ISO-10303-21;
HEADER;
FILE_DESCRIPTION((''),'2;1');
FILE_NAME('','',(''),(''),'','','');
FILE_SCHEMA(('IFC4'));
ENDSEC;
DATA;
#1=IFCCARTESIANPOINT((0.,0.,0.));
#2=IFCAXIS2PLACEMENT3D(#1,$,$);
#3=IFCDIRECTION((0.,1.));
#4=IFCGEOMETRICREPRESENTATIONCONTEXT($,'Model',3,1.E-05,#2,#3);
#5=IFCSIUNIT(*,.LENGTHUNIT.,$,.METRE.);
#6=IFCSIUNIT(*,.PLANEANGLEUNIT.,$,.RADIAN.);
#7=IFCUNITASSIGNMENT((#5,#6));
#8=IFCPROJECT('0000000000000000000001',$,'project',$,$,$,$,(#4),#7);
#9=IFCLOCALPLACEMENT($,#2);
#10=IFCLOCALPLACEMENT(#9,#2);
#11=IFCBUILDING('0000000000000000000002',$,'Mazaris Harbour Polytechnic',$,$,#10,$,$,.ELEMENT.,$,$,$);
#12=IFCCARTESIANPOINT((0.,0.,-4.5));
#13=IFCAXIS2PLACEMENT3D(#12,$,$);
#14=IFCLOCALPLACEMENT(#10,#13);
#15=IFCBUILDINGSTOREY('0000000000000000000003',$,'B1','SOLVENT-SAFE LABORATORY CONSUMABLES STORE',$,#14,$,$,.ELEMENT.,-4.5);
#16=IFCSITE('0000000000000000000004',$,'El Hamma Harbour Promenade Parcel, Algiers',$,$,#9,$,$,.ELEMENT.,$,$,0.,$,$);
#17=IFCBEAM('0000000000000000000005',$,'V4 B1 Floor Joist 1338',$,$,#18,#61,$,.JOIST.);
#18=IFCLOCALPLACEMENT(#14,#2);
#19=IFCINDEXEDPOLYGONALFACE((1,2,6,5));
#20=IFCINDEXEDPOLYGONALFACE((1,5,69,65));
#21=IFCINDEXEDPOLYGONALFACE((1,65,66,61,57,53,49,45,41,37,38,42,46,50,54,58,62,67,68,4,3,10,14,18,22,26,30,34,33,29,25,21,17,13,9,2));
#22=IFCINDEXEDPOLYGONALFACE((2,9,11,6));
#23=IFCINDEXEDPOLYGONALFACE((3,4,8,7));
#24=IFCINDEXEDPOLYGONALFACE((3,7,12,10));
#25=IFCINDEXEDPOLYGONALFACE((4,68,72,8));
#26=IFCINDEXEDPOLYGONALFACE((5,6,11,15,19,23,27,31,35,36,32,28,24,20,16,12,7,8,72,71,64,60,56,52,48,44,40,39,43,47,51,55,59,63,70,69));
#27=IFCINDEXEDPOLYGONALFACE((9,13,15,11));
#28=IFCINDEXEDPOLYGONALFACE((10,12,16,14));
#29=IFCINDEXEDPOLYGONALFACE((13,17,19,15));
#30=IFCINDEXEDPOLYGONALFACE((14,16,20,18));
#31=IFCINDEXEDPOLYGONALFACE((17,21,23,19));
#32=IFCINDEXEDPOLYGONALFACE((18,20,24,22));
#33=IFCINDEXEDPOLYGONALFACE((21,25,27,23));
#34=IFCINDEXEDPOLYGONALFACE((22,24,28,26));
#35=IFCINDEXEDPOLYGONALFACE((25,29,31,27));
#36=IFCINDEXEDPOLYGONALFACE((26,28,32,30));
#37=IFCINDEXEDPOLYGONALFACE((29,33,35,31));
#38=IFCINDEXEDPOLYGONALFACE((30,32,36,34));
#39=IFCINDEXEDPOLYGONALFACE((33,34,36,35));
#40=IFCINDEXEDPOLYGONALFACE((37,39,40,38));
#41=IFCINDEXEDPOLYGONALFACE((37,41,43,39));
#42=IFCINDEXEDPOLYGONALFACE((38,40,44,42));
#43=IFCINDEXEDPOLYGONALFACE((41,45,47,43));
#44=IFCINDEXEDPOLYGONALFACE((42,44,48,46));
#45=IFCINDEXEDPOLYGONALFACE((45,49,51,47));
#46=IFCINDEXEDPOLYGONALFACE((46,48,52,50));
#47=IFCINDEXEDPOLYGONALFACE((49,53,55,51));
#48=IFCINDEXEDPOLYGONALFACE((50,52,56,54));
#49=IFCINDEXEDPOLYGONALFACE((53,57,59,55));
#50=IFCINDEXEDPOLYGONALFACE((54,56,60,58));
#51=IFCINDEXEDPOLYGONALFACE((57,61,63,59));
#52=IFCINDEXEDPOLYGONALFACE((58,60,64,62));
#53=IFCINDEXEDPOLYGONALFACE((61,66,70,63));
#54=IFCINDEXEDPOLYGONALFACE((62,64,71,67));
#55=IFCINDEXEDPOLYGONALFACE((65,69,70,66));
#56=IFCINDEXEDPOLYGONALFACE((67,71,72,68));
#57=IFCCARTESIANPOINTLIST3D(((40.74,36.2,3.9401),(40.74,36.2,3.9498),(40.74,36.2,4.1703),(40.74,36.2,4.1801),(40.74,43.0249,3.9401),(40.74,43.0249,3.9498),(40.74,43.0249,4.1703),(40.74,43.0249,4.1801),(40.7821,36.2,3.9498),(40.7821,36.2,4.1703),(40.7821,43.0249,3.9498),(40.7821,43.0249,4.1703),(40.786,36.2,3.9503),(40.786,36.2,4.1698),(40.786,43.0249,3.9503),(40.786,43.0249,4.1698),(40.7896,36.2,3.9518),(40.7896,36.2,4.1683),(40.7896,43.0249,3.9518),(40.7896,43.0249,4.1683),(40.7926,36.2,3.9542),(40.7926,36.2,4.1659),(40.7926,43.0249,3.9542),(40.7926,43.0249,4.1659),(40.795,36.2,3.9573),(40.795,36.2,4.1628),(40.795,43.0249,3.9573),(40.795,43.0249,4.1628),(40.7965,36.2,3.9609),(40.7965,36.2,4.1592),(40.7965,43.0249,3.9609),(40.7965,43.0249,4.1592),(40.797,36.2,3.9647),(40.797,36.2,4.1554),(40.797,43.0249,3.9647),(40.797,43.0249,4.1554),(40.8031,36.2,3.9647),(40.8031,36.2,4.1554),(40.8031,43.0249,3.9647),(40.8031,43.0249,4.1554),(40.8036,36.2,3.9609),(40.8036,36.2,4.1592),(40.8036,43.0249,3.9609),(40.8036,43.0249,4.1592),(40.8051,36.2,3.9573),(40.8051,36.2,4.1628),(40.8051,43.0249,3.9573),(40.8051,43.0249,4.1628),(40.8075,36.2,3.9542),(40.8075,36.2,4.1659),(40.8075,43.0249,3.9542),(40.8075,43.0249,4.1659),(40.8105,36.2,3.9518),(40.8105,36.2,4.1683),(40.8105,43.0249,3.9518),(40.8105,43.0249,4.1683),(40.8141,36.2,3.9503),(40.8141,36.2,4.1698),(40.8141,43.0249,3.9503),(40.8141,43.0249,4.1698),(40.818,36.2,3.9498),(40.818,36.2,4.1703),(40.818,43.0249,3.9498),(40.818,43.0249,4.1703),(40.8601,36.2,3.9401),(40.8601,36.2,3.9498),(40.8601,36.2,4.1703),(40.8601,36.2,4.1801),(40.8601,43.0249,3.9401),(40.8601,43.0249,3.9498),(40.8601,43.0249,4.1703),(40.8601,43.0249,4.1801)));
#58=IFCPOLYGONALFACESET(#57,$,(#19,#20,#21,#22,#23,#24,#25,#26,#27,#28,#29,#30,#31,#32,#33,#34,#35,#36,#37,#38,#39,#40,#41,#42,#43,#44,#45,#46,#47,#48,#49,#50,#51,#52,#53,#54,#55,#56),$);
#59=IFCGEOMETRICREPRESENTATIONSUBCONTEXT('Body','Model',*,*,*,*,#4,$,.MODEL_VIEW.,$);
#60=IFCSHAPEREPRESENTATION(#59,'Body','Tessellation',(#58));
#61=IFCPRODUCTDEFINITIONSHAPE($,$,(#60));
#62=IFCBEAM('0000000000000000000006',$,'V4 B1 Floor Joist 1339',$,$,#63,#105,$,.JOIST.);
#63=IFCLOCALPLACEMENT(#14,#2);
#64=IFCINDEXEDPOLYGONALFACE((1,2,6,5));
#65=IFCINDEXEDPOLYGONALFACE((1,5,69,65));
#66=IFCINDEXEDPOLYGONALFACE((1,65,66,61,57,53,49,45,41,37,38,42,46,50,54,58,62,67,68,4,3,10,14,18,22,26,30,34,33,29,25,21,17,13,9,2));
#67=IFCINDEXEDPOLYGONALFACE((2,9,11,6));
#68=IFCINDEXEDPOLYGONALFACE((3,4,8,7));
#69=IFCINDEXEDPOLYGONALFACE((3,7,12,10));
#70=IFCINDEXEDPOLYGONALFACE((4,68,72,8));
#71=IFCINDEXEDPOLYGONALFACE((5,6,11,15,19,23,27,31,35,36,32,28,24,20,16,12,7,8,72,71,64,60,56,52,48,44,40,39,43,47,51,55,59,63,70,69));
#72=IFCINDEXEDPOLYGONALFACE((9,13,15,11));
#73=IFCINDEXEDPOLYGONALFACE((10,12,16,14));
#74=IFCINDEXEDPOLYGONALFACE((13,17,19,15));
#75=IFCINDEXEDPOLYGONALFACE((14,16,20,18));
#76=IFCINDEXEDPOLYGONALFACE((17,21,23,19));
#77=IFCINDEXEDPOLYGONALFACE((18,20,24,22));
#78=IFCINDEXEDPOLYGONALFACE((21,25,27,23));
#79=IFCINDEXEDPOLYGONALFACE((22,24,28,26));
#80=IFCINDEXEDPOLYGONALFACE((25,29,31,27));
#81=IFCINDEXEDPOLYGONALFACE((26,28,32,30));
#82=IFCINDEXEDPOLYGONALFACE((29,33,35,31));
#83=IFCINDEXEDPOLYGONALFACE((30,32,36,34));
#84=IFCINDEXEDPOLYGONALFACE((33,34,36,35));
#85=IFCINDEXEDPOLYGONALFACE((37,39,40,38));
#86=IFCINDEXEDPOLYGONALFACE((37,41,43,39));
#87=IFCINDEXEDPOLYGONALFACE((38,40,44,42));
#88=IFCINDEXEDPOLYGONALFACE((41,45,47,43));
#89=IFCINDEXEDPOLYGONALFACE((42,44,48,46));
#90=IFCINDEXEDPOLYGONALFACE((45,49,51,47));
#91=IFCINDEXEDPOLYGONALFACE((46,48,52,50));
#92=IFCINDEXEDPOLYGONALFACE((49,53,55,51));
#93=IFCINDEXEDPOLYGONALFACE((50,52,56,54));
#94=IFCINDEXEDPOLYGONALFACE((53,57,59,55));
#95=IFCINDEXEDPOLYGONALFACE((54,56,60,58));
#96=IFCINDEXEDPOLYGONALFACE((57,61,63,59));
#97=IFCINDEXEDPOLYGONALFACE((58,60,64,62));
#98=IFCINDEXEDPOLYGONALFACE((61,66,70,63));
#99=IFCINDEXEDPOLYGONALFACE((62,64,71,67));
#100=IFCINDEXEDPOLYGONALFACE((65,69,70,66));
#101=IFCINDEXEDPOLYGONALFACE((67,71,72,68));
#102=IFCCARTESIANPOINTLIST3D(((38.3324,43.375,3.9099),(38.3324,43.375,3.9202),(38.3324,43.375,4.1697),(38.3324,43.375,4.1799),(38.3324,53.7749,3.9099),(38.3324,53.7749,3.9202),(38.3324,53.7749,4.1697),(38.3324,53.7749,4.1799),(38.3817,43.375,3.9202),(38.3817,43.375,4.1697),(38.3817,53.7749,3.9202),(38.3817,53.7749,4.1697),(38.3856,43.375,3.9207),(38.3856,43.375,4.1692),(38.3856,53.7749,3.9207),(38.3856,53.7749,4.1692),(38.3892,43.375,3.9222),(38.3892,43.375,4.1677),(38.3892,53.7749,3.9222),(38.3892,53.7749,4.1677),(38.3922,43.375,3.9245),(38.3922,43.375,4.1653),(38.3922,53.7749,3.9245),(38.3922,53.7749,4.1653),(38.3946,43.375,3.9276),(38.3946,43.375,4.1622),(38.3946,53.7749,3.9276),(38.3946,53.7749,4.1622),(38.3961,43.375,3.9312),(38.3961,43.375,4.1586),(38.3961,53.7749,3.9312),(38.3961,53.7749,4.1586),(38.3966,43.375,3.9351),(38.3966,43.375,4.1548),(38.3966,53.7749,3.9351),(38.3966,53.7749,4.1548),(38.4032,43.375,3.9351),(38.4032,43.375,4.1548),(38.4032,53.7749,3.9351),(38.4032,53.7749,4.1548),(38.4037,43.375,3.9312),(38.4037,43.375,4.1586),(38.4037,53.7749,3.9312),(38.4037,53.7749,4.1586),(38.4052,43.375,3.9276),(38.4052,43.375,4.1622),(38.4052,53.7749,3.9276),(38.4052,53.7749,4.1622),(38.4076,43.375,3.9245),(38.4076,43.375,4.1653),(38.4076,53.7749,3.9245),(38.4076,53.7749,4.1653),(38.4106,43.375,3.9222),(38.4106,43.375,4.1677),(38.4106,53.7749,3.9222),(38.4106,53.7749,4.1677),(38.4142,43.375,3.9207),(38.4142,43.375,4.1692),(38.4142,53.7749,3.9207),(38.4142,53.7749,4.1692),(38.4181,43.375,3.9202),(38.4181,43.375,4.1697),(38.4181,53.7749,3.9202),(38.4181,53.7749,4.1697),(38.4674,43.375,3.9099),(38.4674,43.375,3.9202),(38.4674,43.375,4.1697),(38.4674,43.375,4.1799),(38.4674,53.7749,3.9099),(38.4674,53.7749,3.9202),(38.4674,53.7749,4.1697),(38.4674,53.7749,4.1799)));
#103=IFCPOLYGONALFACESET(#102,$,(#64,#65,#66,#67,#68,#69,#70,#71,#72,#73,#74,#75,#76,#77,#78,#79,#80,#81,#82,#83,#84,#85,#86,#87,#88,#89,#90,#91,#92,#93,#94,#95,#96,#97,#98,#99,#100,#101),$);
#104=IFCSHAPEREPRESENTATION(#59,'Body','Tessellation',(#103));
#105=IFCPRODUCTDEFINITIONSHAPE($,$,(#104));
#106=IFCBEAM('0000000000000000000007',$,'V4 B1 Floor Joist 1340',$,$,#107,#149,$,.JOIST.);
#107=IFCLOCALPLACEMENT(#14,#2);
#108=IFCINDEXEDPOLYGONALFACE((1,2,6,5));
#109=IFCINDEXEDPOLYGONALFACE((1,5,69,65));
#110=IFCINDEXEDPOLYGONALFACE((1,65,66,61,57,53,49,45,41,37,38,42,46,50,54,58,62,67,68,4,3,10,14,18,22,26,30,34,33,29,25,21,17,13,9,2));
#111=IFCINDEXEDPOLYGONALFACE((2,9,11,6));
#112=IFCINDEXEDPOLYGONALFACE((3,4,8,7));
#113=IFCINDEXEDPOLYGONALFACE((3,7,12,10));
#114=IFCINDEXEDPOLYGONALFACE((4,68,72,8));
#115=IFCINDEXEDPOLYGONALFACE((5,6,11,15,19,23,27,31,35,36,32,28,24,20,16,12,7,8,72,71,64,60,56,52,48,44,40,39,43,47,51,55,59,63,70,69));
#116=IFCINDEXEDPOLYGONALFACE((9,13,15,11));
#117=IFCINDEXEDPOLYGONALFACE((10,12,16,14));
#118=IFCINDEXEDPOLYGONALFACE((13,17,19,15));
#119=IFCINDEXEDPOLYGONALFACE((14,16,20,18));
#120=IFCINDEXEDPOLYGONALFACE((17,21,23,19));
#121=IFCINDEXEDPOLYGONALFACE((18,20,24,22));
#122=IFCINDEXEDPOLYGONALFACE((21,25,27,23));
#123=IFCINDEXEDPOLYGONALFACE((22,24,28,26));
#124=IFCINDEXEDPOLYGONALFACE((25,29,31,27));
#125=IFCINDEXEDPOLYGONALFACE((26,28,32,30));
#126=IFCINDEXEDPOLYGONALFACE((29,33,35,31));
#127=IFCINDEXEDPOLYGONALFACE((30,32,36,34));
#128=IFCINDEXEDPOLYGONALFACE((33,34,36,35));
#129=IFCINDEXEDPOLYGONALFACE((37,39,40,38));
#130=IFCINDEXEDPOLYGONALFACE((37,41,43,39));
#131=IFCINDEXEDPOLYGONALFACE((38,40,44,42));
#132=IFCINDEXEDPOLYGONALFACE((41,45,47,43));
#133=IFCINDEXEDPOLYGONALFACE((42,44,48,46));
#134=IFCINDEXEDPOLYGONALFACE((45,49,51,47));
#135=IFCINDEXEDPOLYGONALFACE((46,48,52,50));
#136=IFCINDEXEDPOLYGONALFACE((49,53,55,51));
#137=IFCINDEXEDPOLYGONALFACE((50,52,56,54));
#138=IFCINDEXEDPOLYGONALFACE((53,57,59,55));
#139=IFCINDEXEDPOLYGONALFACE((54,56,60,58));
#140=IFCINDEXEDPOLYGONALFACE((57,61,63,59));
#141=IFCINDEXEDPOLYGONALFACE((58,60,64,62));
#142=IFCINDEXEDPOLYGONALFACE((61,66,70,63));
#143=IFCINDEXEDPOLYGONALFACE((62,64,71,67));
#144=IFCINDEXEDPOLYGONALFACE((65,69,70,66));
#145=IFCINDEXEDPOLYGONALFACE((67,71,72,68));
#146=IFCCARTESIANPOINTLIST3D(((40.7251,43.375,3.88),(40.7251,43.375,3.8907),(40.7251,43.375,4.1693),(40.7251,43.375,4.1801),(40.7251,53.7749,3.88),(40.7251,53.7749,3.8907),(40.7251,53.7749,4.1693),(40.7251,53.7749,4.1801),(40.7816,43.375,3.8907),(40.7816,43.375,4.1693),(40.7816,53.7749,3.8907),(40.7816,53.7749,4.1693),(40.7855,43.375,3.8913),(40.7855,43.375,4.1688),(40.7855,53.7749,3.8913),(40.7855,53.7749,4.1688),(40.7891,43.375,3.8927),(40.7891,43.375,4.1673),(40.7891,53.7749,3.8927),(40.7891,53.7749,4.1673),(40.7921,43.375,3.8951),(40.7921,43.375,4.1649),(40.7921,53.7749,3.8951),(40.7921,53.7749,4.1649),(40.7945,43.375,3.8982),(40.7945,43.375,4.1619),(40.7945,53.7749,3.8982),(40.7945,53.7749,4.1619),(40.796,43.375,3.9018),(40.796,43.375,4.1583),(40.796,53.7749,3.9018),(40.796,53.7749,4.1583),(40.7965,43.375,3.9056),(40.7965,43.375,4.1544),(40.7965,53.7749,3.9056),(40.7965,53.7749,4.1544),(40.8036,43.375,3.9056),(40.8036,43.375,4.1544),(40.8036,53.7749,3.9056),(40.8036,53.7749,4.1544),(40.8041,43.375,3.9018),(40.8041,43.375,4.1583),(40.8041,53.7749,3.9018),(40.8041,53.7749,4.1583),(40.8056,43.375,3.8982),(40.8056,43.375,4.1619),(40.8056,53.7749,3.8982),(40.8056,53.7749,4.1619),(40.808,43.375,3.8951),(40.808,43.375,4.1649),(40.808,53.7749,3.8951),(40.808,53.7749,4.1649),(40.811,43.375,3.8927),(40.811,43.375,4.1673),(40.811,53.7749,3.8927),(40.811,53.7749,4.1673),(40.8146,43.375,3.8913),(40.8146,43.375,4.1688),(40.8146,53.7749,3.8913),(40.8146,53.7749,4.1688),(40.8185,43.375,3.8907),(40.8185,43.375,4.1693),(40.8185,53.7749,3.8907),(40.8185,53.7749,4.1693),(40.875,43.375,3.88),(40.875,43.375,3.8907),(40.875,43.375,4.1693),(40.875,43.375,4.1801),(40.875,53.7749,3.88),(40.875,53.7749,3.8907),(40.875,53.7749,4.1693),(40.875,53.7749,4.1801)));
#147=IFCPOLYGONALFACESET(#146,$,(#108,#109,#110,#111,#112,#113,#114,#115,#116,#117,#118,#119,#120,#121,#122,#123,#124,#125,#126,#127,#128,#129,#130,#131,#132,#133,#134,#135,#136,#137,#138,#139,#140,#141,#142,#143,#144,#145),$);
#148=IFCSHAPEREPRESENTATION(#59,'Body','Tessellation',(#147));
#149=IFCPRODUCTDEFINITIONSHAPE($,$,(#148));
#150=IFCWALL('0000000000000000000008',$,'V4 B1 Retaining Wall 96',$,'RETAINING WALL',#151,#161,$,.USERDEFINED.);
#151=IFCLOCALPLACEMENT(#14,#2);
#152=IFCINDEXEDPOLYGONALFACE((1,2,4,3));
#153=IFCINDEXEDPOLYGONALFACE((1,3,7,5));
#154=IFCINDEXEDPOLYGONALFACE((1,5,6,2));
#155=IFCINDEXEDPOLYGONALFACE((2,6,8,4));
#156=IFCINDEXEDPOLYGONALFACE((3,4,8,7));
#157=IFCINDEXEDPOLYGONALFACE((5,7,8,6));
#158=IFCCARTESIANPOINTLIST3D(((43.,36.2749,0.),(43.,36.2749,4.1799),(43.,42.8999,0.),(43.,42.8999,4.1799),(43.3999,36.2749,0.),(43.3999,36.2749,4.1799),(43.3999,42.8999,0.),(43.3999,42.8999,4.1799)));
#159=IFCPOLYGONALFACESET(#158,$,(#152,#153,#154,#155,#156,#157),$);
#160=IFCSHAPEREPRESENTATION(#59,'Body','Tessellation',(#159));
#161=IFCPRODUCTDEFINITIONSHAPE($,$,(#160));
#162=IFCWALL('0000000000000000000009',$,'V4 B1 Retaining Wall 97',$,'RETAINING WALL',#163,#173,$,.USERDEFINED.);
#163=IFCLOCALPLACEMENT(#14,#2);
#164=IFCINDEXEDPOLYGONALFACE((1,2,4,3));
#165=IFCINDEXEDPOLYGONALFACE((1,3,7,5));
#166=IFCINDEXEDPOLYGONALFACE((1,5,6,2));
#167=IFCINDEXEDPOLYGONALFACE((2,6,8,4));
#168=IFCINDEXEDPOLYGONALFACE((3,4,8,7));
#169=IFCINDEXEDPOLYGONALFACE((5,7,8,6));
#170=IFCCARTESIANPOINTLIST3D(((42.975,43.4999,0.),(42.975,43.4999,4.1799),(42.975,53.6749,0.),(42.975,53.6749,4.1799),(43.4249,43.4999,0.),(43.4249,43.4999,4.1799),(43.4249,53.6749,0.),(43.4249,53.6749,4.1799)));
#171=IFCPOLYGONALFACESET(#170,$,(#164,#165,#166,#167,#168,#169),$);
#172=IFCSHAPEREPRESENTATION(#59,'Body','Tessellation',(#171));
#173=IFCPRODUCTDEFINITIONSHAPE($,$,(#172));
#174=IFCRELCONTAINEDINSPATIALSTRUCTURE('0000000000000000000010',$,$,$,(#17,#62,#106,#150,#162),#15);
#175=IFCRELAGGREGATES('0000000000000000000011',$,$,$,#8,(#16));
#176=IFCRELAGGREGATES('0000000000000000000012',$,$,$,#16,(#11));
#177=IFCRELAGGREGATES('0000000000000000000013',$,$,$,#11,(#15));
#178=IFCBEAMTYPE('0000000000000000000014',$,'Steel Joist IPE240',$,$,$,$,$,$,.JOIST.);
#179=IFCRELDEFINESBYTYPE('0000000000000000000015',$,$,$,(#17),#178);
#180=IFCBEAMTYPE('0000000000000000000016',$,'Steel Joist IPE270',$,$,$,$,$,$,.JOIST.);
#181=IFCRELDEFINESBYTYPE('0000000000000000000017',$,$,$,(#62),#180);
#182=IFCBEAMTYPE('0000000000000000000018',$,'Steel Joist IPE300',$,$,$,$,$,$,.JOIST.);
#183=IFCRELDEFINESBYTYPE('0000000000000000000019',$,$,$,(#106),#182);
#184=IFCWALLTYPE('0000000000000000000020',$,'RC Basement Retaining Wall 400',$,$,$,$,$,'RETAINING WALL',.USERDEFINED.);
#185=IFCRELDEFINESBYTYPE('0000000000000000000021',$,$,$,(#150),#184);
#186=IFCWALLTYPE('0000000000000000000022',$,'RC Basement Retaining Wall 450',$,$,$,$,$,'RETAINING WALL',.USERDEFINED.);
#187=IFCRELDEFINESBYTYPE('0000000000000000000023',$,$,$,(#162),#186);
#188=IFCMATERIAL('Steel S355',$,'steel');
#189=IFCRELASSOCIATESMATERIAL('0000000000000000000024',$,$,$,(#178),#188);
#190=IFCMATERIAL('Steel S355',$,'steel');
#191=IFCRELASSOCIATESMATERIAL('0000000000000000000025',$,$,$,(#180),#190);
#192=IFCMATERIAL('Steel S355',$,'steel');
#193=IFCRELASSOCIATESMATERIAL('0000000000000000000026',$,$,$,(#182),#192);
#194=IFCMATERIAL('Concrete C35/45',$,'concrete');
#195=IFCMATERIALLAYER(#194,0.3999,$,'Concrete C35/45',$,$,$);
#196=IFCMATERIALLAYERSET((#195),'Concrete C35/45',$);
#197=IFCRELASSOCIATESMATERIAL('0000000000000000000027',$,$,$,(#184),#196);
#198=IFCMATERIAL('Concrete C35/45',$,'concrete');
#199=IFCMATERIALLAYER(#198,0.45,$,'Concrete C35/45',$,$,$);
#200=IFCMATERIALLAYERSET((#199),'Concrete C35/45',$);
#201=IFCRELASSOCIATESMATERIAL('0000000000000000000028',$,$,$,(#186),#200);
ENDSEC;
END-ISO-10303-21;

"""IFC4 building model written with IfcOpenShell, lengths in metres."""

from ifc_helpers import new_model, si_unit, direction, frame, frame_2d, origin, origin_2d, place, context, subcontext, project, spatial, rectangle, i_section, extrude, material, layer, layer_set, material_profile, profile_set, type_object, element, save


model = new_model("IFC4")

# Units and contexts
model_context = context("Model", 3, precision=1e-05, world=origin(), true_north=direction((0.0, 1.0)))
body_context = subcontext(model_context, "Body", "Model", "MODEL_VIEW")
ifc_project = project(units=[si_unit("LENGTHUNIT", "METRE"), si_unit("PLANEANGLEUNIT", "RADIAN")], contexts=[model_context])

# Site, building, storey
site_placement = place(None, origin())
site = spatial("IfcSite", under=ifc_project, at=site_placement, Name="El Hamma Harbour Promenade Parcel, Algiers", CompositionType="ELEMENT", RefElevation=0.0)
building_placement = place(site_placement, origin())
building = spatial("IfcBuilding", under=site, at=building_placement, Name="Mazaris Harbour Polytechnic", CompositionType="ELEMENT")
storey_placement = place(building_placement, frame((0.0, 0.0, -4.5)))
storey = spatial("IfcBuildingStorey", under=building, at=storey_placement, Name="B1", Description="SOLVENT-SAFE LABORATORY CONSUMABLES STORE", CompositionType="ELEMENT", Elevation=-4.5)

# Beams
ifc_material_1 = material(Name="Steel S355", Category="steel")
ifc_material_profile_1 = material_profile(ifc_material_1, i_section(OverallWidth=0.1201, OverallDepth=0.24, WebThickness=0.0061, FlangeThickness=0.0098, FilletRadius=0.0149, at=origin_2d()), Name="IPE 240")
ifc_profile_set_1 = profile_set([ifc_material_profile_1], Name="Steel S355")
beam_type_1 = type_object("IfcBeamType", Name="Steel Joist IPE240", PredefinedType="JOIST", material=ifc_profile_set_1)
beam_1_placement = place(storey_placement, frame((40.8, 36.2, 4.0601), z_axis=(0.0, 1.0, 0.0), x_axis=(-1.0, 0.0, 0.0)))
element("IfcBeam", 1, at=beam_1_placement, inside=storey, type_object=beam_type_1, Name="V4 B1 Floor Joist 1338", PredefinedType="JOIST", context=body_context, shape_type="SweptSolid", body=[
    extrude(i_section(OverallWidth=0.1201, OverallDepth=0.24, WebThickness=0.0061, FlangeThickness=0.0098, FilletRadius=0.0149, at=origin_2d()), origin(), (0.0, 0.0, 1.0), 6.825),
])
ifc_material_2 = material(Name="Steel S355", Category="steel")
ifc_material_profile_2 = material_profile(ifc_material_2, i_section(OverallWidth=0.135, OverallDepth=0.27, WebThickness=0.0066, FlangeThickness=0.0103, FilletRadius=0.0149, at=origin_2d()), Name="IPE 270")
ifc_profile_set_2 = profile_set([ifc_material_profile_2], Name="Steel S355")
beam_type_2 = type_object("IfcBeamType", Name="Steel Joist IPE270", PredefinedType="JOIST", material=ifc_profile_set_2)
beam_2_placement = place(storey_placement, frame((38.3999, 43.375, 4.0449), z_axis=(0.0, 1.0, 0.0), x_axis=(-1.0, 0.0, 0.0)))
element("IfcBeam", 2, at=beam_2_placement, inside=storey, type_object=beam_type_2, Name="V4 B1 Floor Joist 1339", PredefinedType="JOIST", context=body_context, shape_type="SweptSolid", body=[
    extrude(i_section(OverallWidth=0.135, OverallDepth=0.27, WebThickness=0.0066, FlangeThickness=0.0103, FilletRadius=0.0149, at=origin_2d()), origin(), (0.0, 0.0, 1.0), 10.3999),
])
ifc_material_3 = material(Name="Steel S355", Category="steel")
ifc_material_profile_3 = material_profile(ifc_material_3, i_section(OverallWidth=0.1499, OverallDepth=0.3, WebThickness=0.0071, FlangeThickness=0.0107, FilletRadius=0.0149, at=origin_2d()), Name="IPE 300")
ifc_profile_set_3 = profile_set([ifc_material_profile_3], Name="Steel S355")
beam_type_3 = type_object("IfcBeamType", Name="Steel Joist IPE300", PredefinedType="JOIST", material=ifc_profile_set_3)
beam_3_placement = place(storey_placement, frame((40.8, 43.375, 4.03), z_axis=(0.0, 1.0, 0.0), x_axis=(-1.0, 0.0, 0.0)))
element("IfcBeam", 3, at=beam_3_placement, inside=storey, type_object=beam_type_3, Name="V4 B1 Floor Joist 1340", PredefinedType="JOIST", context=body_context, shape_type="SweptSolid", body=[
    extrude(i_section(OverallWidth=0.1499, OverallDepth=0.3, WebThickness=0.0071, FlangeThickness=0.0107, FilletRadius=0.0149, at=origin_2d()), origin(), (0.0, 0.0, 1.0), 10.3999),
])

# Walls
ifc_material_4 = material(Name="Concrete C35/45", Category="concrete")
ifc_layer_1 = layer(ifc_material_4, 0.3999, Name="Concrete C35/45")
ifc_layer_set_1 = layer_set([ifc_layer_1], Name="Concrete C35/45")
wall_type_1 = type_object("IfcWallType", Name="RC Basement Retaining Wall 400", ElementType="RETAINING WALL", PredefinedType="USERDEFINED", material=ifc_layer_set_1)
wall_1_placement = place(storey_placement, frame((43.2, 36.2749, 0.0), z_axis=(0.0, 0.0, 1.0), x_axis=(0.0, 1.0, 0.0)))
element("IfcWall", 4, at=wall_1_placement, inside=storey, type_object=wall_type_1, Name="V4 B1 Retaining Wall 96", ObjectType="RETAINING WALL", PredefinedType="USERDEFINED", context=body_context, shape_type="SweptSolid", body=[
    extrude(rectangle(XDim=6.625, YDim=0.3999, at=frame_2d((3.3125, 0.0))), origin(), (0.0, 0.0, 1.0), 4.1799),
])
ifc_material_5 = material(Name="Concrete C35/45", Category="concrete")
ifc_layer_2 = layer(ifc_material_5, 0.45, Name="Concrete C35/45")
ifc_layer_set_2 = layer_set([ifc_layer_2], Name="Concrete C35/45")
wall_type_2 = type_object("IfcWallType", Name="RC Basement Retaining Wall 450", ElementType="RETAINING WALL", PredefinedType="USERDEFINED", material=ifc_layer_set_2)
wall_2_placement = place(storey_placement, frame((43.2, 43.5, 0.0), z_axis=(0.0, 0.0, 1.0), x_axis=(0.0, 1.0, 0.0)))
element("IfcWall", 5, at=wall_2_placement, inside=storey, type_object=wall_type_2, Name="V4 B1 Retaining Wall 97", ObjectType="RETAINING WALL", PredefinedType="USERDEFINED", context=body_context, shape_type="SweptSolid", body=[
    extrude(rectangle(XDim=10.175, YDim=0.45, at=frame_2d((5.0874, 0.0))), origin(), (0.0, 0.0, 1.0), 4.1799),
])

save(model, "model.ifc")
